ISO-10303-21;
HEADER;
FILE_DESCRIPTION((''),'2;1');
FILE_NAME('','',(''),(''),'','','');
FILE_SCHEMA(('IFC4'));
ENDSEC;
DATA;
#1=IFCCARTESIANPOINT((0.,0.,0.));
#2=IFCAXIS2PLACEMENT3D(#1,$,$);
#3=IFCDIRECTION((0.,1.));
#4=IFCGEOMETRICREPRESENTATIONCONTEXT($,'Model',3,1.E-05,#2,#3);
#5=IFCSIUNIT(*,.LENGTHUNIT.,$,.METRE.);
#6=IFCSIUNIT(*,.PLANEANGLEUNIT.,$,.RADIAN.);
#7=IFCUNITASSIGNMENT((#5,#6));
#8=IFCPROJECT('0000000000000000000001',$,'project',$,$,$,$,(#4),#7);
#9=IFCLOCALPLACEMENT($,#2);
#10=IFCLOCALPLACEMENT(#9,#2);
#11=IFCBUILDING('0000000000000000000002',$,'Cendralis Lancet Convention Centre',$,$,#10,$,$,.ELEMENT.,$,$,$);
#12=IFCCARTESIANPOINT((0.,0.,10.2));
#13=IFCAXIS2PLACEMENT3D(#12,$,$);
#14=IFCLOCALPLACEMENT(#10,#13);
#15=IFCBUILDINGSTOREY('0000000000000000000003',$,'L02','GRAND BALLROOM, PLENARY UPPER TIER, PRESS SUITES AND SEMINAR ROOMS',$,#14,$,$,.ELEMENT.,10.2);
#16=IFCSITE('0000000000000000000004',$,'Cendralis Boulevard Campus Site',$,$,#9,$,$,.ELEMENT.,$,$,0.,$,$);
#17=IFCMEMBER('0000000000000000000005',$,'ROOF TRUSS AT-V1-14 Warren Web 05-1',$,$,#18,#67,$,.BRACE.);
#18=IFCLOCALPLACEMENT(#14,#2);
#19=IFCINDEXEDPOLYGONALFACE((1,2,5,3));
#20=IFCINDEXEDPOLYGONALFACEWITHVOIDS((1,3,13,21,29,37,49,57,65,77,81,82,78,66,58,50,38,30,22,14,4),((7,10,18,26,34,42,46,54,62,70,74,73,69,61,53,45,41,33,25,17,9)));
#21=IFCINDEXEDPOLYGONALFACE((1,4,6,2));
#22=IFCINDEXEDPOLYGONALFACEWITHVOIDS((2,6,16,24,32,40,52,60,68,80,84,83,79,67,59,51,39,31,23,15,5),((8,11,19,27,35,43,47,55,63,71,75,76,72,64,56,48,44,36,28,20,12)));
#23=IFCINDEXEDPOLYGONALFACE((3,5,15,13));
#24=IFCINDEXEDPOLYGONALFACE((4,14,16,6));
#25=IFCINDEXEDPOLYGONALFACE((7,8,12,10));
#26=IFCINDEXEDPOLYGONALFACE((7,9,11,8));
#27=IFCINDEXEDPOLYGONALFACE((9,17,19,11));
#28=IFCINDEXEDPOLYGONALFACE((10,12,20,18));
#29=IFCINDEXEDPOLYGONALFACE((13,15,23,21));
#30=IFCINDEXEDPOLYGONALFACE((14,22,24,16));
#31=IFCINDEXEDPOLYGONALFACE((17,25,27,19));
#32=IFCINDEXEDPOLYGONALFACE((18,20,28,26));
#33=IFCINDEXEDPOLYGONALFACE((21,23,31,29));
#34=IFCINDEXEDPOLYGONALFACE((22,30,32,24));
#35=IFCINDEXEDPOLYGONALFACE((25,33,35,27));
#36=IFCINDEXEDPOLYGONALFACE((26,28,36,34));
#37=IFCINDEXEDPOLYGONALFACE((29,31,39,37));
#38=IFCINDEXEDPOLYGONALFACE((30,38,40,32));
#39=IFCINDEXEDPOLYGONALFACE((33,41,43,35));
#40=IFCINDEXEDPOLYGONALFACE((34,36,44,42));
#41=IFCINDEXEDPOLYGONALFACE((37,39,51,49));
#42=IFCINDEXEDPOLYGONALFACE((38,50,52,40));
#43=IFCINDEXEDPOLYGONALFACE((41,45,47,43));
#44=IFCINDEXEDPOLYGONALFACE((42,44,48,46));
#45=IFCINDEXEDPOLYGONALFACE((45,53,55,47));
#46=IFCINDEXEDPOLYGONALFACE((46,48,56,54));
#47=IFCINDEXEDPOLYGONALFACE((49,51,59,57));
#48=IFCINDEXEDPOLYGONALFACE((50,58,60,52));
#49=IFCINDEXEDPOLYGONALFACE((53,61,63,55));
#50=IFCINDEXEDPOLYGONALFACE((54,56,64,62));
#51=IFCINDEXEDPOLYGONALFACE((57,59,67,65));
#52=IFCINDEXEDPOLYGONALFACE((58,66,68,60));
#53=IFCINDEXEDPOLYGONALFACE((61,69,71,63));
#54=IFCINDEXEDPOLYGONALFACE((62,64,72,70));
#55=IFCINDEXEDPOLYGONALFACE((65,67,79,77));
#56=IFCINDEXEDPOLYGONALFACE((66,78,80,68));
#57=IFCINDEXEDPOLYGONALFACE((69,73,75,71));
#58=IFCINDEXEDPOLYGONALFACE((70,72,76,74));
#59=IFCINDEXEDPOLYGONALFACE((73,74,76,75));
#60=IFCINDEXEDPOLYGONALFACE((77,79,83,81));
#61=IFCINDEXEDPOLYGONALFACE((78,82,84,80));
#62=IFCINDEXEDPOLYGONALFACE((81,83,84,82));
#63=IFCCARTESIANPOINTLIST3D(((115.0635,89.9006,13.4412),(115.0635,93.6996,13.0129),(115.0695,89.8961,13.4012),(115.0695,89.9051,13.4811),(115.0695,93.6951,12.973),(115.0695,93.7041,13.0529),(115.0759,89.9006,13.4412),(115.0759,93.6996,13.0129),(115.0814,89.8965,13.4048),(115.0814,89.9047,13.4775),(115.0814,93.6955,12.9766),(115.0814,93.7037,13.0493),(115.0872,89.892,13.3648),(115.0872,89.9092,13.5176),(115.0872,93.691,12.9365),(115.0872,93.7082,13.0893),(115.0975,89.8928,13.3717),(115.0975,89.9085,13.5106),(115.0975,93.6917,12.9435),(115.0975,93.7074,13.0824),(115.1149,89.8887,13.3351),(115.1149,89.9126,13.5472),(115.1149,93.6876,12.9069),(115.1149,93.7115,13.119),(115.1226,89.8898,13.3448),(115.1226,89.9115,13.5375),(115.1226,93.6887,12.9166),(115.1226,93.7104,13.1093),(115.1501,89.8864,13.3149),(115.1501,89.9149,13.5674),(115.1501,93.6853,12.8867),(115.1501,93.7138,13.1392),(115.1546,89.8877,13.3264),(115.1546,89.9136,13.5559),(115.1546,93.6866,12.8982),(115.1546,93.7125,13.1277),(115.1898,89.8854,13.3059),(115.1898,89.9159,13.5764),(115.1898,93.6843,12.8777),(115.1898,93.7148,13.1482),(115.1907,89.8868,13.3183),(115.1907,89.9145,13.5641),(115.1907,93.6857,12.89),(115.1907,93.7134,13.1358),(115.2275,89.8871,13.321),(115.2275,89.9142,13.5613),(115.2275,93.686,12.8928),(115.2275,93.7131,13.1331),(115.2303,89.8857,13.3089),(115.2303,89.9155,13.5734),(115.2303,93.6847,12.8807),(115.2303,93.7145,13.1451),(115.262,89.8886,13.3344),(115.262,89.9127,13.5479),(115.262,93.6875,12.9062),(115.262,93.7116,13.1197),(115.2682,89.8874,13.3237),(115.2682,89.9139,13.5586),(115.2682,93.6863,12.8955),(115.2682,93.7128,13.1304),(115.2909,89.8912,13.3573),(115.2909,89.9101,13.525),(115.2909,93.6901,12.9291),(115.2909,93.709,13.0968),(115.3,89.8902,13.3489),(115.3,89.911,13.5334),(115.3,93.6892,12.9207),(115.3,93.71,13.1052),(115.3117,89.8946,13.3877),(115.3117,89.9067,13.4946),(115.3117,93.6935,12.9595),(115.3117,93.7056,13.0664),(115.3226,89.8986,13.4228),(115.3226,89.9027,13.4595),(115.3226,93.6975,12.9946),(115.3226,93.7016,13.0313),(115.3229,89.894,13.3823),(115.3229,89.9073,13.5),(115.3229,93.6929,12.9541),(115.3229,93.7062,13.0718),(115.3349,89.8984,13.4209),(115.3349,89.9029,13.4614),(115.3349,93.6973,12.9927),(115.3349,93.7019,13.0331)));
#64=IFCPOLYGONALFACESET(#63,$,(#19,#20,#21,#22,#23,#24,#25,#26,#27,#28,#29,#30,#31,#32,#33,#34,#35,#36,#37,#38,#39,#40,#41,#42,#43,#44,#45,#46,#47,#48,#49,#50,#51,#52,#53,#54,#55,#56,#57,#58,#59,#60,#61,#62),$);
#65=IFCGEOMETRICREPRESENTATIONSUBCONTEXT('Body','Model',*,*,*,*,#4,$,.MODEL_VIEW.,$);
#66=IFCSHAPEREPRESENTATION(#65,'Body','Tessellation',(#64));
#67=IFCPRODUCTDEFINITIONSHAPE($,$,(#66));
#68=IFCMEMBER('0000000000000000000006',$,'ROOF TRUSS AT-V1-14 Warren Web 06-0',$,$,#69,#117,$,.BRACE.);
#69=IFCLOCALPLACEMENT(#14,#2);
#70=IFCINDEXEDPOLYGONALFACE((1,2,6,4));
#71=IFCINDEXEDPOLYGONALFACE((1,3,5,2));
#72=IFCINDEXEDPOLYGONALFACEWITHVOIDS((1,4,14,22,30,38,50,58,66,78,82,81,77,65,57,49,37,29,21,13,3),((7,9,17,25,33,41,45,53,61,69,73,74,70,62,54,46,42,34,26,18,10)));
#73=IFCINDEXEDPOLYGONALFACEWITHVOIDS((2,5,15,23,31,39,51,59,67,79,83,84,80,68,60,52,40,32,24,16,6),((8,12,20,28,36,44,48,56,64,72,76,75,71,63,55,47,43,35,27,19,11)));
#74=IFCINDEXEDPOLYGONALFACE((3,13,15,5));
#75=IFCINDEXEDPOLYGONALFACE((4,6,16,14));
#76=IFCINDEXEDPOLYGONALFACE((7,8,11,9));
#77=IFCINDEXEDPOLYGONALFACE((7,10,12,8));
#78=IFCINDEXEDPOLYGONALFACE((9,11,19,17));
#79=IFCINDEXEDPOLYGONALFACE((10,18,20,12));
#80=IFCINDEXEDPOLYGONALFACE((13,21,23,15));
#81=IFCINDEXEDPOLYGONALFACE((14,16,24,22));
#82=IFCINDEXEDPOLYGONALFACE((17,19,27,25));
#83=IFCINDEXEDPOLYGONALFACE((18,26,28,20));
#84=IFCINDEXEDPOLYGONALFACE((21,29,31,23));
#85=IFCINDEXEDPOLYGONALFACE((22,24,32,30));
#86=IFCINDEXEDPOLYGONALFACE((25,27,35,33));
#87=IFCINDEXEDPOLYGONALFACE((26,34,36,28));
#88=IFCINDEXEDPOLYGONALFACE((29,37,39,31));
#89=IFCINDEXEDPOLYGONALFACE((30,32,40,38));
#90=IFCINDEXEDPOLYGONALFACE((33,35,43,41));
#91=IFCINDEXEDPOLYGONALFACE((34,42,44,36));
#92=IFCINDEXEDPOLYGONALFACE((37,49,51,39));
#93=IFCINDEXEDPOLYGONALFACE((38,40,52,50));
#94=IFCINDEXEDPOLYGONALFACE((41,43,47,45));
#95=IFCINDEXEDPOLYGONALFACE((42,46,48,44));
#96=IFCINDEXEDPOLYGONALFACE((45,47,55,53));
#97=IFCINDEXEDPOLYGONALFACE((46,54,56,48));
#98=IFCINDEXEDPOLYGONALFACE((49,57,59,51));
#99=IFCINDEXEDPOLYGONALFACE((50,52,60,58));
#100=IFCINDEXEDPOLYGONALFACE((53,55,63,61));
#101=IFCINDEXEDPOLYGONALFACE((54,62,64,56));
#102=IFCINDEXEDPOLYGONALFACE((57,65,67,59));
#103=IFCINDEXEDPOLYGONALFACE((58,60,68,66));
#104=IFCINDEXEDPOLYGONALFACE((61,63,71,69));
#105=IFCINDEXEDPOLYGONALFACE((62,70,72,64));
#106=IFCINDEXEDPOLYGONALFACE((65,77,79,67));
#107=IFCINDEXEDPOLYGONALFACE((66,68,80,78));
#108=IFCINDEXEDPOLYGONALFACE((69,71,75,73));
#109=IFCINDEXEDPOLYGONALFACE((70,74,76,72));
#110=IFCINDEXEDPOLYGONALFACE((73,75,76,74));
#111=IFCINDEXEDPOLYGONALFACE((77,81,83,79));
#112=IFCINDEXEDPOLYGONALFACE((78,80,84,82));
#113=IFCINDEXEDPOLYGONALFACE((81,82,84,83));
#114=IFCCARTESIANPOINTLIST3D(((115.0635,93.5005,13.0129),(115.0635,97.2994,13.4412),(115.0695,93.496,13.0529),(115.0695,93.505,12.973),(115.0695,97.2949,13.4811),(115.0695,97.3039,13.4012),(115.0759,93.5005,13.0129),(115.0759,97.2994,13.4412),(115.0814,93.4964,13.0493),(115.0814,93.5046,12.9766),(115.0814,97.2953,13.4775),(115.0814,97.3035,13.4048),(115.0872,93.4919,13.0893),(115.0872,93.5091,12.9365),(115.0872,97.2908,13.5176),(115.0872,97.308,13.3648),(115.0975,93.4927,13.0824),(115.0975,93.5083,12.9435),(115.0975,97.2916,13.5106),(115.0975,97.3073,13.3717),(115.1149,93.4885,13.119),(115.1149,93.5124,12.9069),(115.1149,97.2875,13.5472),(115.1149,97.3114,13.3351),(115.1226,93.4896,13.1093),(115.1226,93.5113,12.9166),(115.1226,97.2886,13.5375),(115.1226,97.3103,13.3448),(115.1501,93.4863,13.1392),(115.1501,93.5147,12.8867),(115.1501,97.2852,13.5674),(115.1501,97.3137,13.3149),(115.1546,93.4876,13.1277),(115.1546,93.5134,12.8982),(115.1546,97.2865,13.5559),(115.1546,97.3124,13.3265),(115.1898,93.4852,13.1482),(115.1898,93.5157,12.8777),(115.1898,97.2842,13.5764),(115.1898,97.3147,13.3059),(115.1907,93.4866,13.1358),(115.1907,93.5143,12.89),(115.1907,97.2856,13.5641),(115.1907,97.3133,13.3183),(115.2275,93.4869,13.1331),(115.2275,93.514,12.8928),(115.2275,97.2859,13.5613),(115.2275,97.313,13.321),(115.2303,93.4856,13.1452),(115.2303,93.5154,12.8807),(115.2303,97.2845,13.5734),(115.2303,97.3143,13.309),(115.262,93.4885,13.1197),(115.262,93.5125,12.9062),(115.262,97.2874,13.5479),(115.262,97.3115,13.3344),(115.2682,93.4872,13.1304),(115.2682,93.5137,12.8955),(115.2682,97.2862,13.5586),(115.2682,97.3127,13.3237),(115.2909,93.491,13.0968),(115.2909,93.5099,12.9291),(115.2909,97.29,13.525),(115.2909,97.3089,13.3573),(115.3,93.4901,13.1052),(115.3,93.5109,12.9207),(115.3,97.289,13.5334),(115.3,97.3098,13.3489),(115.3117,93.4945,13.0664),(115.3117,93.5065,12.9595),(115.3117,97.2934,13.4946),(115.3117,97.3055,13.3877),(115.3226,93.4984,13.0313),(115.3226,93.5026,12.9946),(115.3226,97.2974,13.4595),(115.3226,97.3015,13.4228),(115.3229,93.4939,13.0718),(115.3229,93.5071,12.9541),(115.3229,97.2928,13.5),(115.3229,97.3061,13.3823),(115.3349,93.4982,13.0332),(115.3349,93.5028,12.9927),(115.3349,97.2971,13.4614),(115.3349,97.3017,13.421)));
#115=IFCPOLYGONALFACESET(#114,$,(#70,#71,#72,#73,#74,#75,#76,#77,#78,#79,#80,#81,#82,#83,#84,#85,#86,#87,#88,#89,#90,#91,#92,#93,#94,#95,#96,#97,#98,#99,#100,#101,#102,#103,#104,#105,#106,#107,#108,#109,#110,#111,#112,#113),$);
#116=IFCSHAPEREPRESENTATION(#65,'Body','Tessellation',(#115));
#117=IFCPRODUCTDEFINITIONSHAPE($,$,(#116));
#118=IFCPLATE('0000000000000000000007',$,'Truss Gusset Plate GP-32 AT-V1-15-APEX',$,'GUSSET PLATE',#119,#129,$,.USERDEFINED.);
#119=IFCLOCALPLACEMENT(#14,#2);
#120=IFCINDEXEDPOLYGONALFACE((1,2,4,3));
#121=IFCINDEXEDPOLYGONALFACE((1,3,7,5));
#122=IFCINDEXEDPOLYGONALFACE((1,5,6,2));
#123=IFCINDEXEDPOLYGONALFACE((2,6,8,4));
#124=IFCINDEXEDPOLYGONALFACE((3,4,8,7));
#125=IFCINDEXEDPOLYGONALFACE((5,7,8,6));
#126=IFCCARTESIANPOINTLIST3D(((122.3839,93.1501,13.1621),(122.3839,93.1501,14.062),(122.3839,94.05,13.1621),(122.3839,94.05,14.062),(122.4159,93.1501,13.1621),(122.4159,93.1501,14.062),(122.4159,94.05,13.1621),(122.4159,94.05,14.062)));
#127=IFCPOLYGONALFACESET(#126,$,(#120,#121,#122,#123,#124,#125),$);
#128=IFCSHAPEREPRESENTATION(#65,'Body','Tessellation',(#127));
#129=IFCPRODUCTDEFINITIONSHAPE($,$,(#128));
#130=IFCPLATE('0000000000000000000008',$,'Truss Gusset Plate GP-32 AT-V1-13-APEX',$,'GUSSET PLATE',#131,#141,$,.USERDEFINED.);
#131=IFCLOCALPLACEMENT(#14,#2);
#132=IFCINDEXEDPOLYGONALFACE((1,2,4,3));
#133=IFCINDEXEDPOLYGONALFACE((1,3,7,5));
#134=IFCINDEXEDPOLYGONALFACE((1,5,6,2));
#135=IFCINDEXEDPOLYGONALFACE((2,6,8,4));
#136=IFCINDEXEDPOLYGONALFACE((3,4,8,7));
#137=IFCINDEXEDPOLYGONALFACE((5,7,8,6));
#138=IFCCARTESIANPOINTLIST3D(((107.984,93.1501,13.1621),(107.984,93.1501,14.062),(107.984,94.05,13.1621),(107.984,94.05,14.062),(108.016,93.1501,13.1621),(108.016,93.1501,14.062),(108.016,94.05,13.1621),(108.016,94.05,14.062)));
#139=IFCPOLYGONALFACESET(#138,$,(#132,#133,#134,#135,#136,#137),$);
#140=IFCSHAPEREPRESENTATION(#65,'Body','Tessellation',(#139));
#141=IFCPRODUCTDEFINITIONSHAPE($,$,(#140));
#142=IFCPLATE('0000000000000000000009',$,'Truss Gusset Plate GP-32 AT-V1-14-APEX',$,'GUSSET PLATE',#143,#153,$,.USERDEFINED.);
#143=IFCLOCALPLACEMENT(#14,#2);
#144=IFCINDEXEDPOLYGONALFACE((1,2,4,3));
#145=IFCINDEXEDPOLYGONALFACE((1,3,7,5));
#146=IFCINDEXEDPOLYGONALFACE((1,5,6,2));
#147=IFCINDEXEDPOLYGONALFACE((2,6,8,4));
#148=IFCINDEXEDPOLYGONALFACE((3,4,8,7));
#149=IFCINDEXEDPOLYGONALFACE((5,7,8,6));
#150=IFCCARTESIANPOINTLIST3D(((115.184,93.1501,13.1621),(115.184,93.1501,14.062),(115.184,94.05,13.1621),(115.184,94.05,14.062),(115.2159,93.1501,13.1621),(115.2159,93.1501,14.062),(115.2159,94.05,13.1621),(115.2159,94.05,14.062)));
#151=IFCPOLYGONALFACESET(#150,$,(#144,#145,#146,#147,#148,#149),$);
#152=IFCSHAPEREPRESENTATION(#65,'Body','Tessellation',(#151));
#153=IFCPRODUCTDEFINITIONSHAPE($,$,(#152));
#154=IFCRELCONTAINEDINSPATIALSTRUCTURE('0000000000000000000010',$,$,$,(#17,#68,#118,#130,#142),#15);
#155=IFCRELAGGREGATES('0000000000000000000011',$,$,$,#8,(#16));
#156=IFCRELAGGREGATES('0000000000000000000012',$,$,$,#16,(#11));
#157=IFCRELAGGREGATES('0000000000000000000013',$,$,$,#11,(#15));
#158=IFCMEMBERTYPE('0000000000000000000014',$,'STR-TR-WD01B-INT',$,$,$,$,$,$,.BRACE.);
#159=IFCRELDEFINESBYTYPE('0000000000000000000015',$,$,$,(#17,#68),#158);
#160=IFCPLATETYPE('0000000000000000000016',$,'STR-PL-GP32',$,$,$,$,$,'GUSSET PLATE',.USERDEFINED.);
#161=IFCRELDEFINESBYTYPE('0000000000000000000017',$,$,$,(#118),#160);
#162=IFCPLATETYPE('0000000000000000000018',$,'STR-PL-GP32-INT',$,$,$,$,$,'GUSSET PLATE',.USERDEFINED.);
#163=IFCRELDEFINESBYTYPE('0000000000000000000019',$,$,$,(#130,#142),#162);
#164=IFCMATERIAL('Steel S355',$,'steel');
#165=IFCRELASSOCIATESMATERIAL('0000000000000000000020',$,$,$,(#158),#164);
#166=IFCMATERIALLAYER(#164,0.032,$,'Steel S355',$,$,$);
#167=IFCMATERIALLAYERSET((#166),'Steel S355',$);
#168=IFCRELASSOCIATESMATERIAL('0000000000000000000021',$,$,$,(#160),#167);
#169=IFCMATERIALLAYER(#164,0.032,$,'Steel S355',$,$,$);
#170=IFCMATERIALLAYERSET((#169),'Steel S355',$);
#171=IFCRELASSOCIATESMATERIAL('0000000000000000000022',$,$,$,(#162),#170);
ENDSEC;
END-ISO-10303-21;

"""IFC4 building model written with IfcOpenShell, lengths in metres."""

from ifc_helpers import new_model, si_unit, direction, frame, origin, origin_2d, place, context, subcontext, project, spatial, rectangle, hollow_circle, extrude, material, layer, layer_set, material_profile, profile_set, type_object, element, save


model = new_model("IFC4")

# Units and contexts
model_context = context("Model", 3, precision=1e-05, world=origin(), true_north=direction((0.0, 1.0)))
body_context = subcontext(model_context, "Body", "Model", "MODEL_VIEW")
ifc_project = project(units=[si_unit("LENGTHUNIT", "METRE"), si_unit("PLANEANGLEUNIT", "RADIAN")], contexts=[model_context])

# Site, building, storey
site_placement = place(None, origin())
site = spatial("IfcSite", under=ifc_project, at=site_placement, Name="Cendralis Boulevard Campus Site", CompositionType="ELEMENT", RefElevation=0.0)
building_placement = place(site_placement, origin())
building = spatial("IfcBuilding", under=site, at=building_placement, Name="Cendralis Lancet Convention Centre", CompositionType="ELEMENT")
storey_placement = place(building_placement, frame((0.0, 0.0, 10.2)))
storey = spatial("IfcBuildingStorey", under=building, at=storey_placement, Name="L02", Description="GRAND BALLROOM, PLENARY UPPER TIER, PRESS SUITES AND SEMINAR ROOMS", CompositionType="ELEMENT", Elevation=10.2)

# Shared definitions
ifc_material = material(Name="Steel S355", Category="steel")

# Members
ifc_material_profile_1 = material_profile(ifc_material, hollow_circle(Radius=0.1365, WallThickness=0.0125, at=origin_2d()), Name="CHS 273.0x12.5")
ifc_profile_set_1 = profile_set([ifc_material_profile_1], Name="Steel S355")
member_type_1 = type_object("IfcMemberType", Name="STR-TR-WD01B-INT", PredefinedType="BRACE", material=ifc_profile_set_1)
for number, where, z_axis, x_axis, name in (
    (1, (115.2, 89.9006, 13.4412), (0.0, 0.993706, -0.112015), (-1.0, 0.0, 0.0), "ROOF TRUSS AT-V1-14 Warren Web 05-1"),
    (2, (115.2, 93.5005, 13.0129), (0.0, 0.993706, 0.112015), (-1.0, 0.0, 0.0), "ROOF TRUSS AT-V1-14 Warren Web 06-0"),
):
    element("IfcMember", number, at=place(storey_placement, frame(where, z_axis=z_axis, x_axis=x_axis)), inside=storey, type_object=member_type_1, Name=name, PredefinedType="BRACE", context=body_context, shape_type="SweptSolid", body=[
        extrude(hollow_circle(Radius=0.1365, WallThickness=0.0125, at=origin_2d()), origin(), (0.0, 0.0, 1.0), 3.823),
    ])

# Plates
ifc_layer_1 = layer(ifc_material, 0.032, Name="Steel S355")
ifc_layer_set_1 = layer_set([ifc_layer_1], Name="Steel S355")
plate_type_1 = type_object("IfcPlateType", Name="STR-PL-GP32", ElementType="GUSSET PLATE", PredefinedType="USERDEFINED", material=ifc_layer_set_1)
plate_placement = place(storey_placement, frame((122.3999, 93.6001, 13.1621), z_axis=(0.0, 0.0, 1.0), x_axis=(0.0, 1.0, 0.0)))
element("IfcPlate", 3, at=plate_placement, inside=storey, type_object=plate_type_1, Name="Truss Gusset Plate GP-32 AT-V1-15-APEX", ObjectType="GUSSET PLATE", PredefinedType="USERDEFINED", context=body_context, shape_type="SweptSolid", body=[
    extrude(rectangle(XDim=0.8999, YDim=0.032, at=origin_2d()), origin(), (0.0, 0.0, 1.0), 0.8999),
])
ifc_layer_2 = layer(ifc_material, 0.032, Name="Steel S355")
ifc_layer_set_2 = layer_set([ifc_layer_2], Name="Steel S355")
plate_type_2 = type_object("IfcPlateType", Name="STR-PL-GP32-INT", ElementType="GUSSET PLATE", PredefinedType="USERDEFINED", material=ifc_layer_set_2)
for number, where, z_axis, x_axis, name in (
    (4, (108.0, 93.6001, 13.1621), (0.0, 0.0, 1.0), (0.0, 1.0, 0.0), "Truss Gusset Plate GP-32 AT-V1-13-APEX"),
    (5, (115.2, 93.6001, 13.1621), (0.0, 0.0, 1.0), (0.0, 1.0, 0.0), "Truss Gusset Plate GP-32 AT-V1-14-APEX"),
):
    element("IfcPlate", number, at=place(storey_placement, frame(where, z_axis=z_axis, x_axis=x_axis)), inside=storey, type_object=plate_type_2, Name=name, ObjectType="GUSSET PLATE", PredefinedType="USERDEFINED", context=body_context, shape_type="SweptSolid", body=[
        extrude(rectangle(XDim=0.8999, YDim=0.032, at=origin_2d()), origin(), (0.0, 0.0, 1.0), 0.8999),
    ])

save(model, "model.ifc")
